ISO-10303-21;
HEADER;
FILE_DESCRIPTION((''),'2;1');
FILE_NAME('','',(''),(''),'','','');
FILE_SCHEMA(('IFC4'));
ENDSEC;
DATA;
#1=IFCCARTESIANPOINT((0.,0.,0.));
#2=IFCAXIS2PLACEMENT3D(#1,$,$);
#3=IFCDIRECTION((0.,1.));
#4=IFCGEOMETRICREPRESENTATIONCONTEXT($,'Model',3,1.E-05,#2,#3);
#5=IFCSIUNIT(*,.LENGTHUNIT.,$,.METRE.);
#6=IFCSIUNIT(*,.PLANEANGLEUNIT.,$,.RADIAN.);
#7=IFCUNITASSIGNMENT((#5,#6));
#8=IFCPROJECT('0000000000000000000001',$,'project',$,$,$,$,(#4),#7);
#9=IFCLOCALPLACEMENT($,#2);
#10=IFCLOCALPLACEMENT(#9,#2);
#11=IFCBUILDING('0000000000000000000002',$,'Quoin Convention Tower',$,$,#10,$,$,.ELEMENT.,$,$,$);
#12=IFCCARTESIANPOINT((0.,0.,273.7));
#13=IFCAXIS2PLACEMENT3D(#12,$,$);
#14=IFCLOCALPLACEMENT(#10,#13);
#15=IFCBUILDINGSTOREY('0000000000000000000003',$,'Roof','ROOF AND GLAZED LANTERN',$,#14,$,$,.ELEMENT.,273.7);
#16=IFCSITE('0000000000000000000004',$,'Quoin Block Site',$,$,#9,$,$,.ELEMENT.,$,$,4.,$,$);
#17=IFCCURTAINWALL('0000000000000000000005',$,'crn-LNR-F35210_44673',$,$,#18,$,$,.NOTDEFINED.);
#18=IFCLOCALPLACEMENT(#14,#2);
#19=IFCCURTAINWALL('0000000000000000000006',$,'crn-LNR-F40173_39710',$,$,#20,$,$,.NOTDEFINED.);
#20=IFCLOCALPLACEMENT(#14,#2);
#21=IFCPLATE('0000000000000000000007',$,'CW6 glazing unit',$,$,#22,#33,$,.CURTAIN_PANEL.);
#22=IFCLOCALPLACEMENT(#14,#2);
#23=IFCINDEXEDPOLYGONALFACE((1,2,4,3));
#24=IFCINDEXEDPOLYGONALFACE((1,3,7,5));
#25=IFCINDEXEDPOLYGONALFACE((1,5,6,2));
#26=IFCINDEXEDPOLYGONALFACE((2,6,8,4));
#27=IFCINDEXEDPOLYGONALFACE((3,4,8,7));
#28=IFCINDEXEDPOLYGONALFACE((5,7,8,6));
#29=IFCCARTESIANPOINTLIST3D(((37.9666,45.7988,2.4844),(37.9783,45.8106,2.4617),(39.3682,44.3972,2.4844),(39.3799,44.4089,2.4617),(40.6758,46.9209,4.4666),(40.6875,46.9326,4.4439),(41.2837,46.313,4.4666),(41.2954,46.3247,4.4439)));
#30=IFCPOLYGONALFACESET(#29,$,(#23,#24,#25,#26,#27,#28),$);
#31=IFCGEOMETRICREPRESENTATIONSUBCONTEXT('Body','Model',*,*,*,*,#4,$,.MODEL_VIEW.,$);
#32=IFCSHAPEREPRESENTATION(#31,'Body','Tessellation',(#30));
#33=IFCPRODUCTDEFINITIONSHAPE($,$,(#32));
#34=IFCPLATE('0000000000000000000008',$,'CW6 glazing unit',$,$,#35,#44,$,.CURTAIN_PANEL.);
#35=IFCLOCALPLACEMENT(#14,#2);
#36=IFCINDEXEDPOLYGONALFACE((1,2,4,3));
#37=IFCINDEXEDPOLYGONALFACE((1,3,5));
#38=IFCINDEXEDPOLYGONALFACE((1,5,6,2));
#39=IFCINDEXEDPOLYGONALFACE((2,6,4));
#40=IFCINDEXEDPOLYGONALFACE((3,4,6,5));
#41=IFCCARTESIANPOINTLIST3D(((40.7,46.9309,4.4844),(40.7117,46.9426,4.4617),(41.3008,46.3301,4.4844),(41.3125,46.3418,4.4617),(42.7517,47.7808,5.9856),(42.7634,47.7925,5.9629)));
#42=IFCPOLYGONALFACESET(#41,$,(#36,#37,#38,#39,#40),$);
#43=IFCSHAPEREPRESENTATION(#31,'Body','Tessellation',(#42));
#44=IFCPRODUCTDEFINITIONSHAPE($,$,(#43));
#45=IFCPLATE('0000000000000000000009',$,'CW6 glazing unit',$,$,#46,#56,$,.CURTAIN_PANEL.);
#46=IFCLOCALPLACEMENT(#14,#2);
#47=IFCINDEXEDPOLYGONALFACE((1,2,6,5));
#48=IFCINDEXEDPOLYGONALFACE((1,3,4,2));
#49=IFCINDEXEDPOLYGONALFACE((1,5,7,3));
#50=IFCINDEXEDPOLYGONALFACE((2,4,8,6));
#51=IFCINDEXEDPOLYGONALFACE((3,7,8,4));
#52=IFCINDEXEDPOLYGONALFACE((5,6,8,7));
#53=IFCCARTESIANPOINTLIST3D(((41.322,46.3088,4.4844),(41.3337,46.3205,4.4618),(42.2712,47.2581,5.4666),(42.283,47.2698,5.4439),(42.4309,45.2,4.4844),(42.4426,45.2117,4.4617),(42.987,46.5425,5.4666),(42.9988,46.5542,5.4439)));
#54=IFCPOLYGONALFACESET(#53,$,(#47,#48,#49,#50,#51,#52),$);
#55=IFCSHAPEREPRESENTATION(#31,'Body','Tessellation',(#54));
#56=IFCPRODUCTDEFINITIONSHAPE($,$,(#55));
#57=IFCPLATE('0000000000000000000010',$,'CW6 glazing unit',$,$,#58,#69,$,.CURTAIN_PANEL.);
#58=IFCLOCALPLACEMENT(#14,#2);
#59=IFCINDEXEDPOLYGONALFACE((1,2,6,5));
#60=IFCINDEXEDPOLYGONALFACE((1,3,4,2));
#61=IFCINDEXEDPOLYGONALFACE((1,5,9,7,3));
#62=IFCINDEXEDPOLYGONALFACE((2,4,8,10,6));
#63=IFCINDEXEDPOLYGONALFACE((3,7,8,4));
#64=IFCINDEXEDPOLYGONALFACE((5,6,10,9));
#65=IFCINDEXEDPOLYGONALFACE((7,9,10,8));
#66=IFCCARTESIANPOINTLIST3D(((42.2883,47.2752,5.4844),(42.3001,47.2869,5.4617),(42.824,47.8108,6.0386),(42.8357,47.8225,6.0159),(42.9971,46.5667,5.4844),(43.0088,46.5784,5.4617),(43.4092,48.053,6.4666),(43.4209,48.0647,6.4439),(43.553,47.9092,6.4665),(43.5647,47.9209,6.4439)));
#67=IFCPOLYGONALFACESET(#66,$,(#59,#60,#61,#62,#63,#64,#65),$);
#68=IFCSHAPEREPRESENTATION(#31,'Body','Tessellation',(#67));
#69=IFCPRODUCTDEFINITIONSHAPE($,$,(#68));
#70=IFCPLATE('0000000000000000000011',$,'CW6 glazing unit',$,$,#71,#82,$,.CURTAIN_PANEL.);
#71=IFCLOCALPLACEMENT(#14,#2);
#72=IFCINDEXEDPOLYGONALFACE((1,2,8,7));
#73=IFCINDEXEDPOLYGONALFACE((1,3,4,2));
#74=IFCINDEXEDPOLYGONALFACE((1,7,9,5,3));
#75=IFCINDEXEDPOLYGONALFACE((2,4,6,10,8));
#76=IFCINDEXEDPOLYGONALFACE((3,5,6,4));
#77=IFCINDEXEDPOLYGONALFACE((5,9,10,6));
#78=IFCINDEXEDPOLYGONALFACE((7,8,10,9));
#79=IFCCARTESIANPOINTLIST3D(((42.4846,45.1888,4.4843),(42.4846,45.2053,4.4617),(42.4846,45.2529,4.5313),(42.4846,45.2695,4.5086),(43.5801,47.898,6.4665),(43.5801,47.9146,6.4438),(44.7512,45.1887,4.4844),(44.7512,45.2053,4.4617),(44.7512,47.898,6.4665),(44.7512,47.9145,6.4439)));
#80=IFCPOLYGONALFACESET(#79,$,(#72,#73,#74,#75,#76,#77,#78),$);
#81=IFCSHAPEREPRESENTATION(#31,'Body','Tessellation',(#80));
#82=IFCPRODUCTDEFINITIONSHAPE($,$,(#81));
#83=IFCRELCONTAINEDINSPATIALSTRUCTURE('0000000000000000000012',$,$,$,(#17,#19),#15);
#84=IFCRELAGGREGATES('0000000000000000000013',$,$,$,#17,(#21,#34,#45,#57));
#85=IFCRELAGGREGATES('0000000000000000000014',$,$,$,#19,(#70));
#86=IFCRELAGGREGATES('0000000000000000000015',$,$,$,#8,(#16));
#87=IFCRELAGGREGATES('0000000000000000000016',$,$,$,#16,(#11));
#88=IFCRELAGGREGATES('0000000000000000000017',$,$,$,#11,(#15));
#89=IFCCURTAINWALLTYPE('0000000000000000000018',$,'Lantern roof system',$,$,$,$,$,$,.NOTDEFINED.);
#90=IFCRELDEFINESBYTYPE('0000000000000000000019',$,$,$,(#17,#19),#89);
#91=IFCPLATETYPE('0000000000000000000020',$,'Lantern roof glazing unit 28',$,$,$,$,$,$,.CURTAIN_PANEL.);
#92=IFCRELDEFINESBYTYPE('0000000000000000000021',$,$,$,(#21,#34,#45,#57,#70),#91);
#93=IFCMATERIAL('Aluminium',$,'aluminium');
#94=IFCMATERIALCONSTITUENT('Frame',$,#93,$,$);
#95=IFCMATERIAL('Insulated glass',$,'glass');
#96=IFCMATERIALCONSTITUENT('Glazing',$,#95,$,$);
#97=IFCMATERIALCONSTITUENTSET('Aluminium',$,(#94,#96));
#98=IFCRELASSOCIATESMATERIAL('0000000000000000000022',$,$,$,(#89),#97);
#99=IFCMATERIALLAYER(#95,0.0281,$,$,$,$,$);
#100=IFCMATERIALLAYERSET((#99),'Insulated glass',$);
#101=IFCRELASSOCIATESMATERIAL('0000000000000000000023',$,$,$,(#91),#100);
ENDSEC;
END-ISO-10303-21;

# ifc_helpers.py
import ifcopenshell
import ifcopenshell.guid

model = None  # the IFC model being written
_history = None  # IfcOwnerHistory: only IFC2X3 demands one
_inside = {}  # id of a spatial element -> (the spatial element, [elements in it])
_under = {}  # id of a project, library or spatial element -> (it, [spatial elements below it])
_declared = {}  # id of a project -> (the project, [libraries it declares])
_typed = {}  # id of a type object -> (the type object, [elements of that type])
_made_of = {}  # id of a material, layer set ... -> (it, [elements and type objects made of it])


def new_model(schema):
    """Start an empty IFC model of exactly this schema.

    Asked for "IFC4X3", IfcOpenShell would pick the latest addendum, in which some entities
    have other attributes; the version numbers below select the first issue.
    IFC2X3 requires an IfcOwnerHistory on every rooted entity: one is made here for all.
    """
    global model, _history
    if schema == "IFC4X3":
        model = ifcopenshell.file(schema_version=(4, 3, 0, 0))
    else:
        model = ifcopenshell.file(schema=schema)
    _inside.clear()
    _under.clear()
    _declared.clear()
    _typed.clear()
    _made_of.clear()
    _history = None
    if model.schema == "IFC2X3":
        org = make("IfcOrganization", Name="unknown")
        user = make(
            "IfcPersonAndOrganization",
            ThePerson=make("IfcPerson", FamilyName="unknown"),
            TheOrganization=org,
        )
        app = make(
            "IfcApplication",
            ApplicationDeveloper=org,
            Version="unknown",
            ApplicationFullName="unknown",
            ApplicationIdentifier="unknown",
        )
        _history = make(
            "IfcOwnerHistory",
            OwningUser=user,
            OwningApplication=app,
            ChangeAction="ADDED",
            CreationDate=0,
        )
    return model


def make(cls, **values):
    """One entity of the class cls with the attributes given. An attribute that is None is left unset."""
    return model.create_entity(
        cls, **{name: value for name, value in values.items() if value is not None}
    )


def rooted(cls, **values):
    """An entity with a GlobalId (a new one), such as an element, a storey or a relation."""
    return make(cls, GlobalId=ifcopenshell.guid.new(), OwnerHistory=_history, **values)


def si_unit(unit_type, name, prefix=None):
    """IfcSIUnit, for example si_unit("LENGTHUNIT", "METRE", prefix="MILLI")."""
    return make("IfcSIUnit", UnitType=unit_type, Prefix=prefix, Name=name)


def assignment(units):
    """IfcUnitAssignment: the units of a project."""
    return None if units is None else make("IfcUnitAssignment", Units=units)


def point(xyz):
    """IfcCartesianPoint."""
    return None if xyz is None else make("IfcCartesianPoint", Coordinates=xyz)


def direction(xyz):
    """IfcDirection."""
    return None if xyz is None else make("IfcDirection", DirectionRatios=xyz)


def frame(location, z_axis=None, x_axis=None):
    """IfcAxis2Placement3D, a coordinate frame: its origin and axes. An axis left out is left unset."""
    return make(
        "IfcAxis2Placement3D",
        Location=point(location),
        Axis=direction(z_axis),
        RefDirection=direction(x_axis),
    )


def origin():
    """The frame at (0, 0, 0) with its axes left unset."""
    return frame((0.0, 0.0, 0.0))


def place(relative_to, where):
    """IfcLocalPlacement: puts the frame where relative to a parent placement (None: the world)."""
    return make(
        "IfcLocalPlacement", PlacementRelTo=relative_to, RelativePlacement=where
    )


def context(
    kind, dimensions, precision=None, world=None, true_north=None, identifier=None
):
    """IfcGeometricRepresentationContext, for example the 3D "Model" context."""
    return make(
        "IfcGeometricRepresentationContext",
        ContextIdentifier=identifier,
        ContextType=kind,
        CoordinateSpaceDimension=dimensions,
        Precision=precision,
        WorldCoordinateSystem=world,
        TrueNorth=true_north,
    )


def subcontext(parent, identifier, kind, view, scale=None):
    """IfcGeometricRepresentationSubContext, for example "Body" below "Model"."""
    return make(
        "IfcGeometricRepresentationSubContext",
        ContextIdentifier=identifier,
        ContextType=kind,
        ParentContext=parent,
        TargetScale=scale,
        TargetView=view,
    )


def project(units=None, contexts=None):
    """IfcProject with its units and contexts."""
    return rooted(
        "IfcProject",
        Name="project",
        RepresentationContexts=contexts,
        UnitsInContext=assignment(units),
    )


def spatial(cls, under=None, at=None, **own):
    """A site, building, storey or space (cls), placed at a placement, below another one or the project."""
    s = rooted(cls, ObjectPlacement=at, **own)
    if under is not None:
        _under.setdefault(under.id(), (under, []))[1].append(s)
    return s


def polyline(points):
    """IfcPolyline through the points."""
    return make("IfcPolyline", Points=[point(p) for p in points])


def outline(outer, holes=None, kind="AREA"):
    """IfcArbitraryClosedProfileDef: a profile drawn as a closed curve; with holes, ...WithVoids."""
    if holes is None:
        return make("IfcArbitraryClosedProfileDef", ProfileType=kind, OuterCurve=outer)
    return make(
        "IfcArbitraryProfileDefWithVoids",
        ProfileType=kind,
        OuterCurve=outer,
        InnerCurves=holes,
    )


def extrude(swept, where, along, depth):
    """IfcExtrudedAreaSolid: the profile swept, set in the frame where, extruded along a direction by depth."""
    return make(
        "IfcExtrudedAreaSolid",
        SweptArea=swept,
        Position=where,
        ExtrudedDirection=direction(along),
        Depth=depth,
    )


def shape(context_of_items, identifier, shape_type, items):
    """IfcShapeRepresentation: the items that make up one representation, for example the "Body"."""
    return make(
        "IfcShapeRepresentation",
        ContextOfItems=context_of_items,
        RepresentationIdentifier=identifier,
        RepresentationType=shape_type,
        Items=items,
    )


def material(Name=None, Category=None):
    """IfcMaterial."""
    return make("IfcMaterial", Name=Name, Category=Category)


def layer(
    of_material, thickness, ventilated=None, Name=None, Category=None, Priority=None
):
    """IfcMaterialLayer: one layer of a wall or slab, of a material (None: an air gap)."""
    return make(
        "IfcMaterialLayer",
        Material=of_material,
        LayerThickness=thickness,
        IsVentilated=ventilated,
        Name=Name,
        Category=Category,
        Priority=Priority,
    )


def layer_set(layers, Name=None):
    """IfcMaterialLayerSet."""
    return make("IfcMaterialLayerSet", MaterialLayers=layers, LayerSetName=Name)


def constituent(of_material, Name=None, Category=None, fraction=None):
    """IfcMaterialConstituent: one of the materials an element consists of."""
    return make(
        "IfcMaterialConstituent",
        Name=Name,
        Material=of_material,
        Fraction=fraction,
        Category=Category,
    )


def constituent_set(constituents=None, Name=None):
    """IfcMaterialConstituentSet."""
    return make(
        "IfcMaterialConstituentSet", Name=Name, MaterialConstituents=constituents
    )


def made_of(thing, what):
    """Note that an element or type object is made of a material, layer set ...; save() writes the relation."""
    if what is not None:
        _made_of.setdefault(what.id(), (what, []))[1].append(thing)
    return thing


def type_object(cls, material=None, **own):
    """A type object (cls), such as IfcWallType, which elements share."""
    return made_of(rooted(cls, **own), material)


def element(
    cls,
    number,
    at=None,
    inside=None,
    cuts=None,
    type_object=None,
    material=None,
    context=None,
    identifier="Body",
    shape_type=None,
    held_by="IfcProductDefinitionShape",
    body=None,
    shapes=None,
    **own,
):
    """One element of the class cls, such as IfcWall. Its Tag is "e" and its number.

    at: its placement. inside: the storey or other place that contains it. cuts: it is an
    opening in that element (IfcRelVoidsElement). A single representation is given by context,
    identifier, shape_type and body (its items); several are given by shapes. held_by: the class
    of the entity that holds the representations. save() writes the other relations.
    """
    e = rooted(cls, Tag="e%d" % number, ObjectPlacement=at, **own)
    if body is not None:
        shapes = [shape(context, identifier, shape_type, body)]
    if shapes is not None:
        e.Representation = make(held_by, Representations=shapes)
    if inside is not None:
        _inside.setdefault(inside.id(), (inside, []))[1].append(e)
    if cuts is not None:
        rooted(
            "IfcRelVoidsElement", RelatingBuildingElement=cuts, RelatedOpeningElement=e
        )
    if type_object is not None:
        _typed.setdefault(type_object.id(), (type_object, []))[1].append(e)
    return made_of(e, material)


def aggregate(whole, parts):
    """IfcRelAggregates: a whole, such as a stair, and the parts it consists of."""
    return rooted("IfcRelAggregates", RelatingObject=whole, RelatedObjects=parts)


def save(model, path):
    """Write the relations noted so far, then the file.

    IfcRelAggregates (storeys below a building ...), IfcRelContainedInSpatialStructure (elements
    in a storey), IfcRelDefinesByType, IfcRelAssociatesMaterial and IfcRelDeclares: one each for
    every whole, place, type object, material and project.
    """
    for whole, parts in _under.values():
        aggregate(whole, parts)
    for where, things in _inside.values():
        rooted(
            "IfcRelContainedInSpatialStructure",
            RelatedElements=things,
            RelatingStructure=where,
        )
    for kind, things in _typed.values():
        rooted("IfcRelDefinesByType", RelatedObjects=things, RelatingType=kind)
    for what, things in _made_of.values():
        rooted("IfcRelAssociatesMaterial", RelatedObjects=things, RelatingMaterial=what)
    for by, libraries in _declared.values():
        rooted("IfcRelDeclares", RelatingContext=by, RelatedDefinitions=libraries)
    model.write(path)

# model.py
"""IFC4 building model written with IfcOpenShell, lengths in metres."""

from ifc_helpers import new_model, si_unit, direction, frame, origin, place, context, subcontext, project, spatial, polyline, outline, extrude, material, layer, layer_set, constituent, constituent_set, type_object, element, aggregate, save


model = new_model("IFC4")

# Units and contexts
model_context = context("Model", 3, precision=1e-05, world=origin(), true_north=direction((0.0, 1.0)))
body_context = subcontext(model_context, "Body", "Model", "MODEL_VIEW")
ifc_project = project(units=[si_unit("LENGTHUNIT", "METRE"), si_unit("PLANEANGLEUNIT", "RADIAN")], contexts=[model_context])

# Site, building, storey
site_placement = place(None, origin())
site = spatial("IfcSite", under=ifc_project, at=site_placement, Name="Quoin Block Site", CompositionType="ELEMENT", RefElevation=4.0)
building_placement = place(site_placement, origin())
building = spatial("IfcBuilding", under=site, at=building_placement, Name="Quoin Convention Tower", CompositionType="ELEMENT")
storey_placement = place(building_placement, frame((0.0, 0.0, 273.7)))
storey = spatial("IfcBuildingStorey", under=building, at=storey_placement, Name="Roof", Description="ROOF AND GLAZED LANTERN", CompositionType="ELEMENT", Elevation=273.7)

# Shared definitions
ifc_material_1 = material(Name="Aluminium", Category="aluminium")
ifc_constituent_1 = constituent(ifc_material_1, Name="Frame")
ifc_material_2 = material(Name="Insulated glass", Category="glass")
ifc_constituent_2 = constituent(ifc_material_2, Name="Glazing")
ifc_constituent_set = constituent_set(constituents=[ifc_constituent_1, ifc_constituent_2], Name="Aluminium")
curtain_wall_type = type_object("IfcCurtainWallType", Name="Lantern roof system", PredefinedType="NOTDEFINED", material=ifc_constituent_set)

# Curtain walls
curtain_wall_1_placement = place(storey_placement, origin())
curtain_wall_1 = element("IfcCurtainWall", 1, at=curtain_wall_1_placement, inside=storey, type_object=curtain_wall_type, Name="crn-LNR-F35210_44673", PredefinedType="NOTDEFINED")
curtain_wall_2_placement = place(storey_placement, origin())
curtain_wall_2 = element("IfcCurtainWall", 2, at=curtain_wall_2_placement, inside=storey, type_object=curtain_wall_type, Name="crn-LNR-F40173_39710", PredefinedType="NOTDEFINED")

# Plates
ifc_layer = layer(ifc_material_2, 0.0281)
ifc_layer_set = layer_set([ifc_layer], Name="Insulated glass")
plate_type = type_object("IfcPlateType", Name="Lantern roof glazing unit 28", PredefinedType="CURTAIN_PANEL", material=ifc_layer_set)
plate_1_placement = place(storey_placement, frame((41.2837, 46.313, 4.4666), z_axis=(-0.417537, -0.417537, 0.807047), x_axis=(-0.570632, -0.570705, -0.590487)))
plate_1 = element("IfcPlate", 3, at=plate_1_placement, type_object=plate_type, Name="CW6 glazing unit", PredefinedType="CURTAIN_PANEL", context=body_context, shape_type="SweptSolid", body=[
    extrude(outline(polyline([(0.0, 0.0), (3.3569, 0.0), (3.3567, -1.9822), (0.0, -0.8597), (0.0, 0.0)])), origin(), (0.0, 0.0, -1.0), 0.0281),
])
plate_2_placement = place(storey_placement, frame((41.3008, 46.3301, 4.4844), z_axis=(-0.417543, -0.417543, 0.807041), x_axis=(-0.707107, 0.707107, 0.0)))
plate_2 = element("IfcPlate", 4, at=plate_2_placement, type_object=plate_type, Name="CW6 glazing unit", PredefinedType="CURTAIN_PANEL", context=body_context, shape_type="SweptSolid", body=[
    extrude(outline(polyline([(0.0, 0.0), (0.8497, 0.0), (-0.0002, -2.5423), (0.0, 0.0)])), origin(), (0.0, 0.0, -1.0), 0.0281),
])
plate_3_placement = place(storey_placement, frame((42.4309, 45.2, 4.4844), z_axis=(-0.417487, -0.417542, 0.807071), x_axis=(-0.707123, 0.70709, 0.000032)))
plate_3 = element("IfcPlate", 5, at=plate_3_placement, type_object=plate_type, Name="CW6 glazing unit", PredefinedType="CURTAIN_PANEL", context=body_context, shape_type="SweptSolid", body=[
    extrude(outline(polyline([(0.0, 0.0), (1.5682, 0.0), (1.5682, -1.6633), (0.5561, -1.6635), (0.0, 0.0)])), origin(), (0.0, 0.0, -1.0), 0.0281),
])
plate_4_placement = place(storey_placement, frame((42.9971, 46.5667, 5.4844), z_axis=(-0.417448, -0.417579, 0.807072), x_axis=(-0.707225, 0.706989, -0.000008)))
plate_4 = element("IfcPlate", 6, at=plate_4_placement, type_object=plate_type, Name="CW6 glazing unit", PredefinedType="CURTAIN_PANEL", context=body_context, shape_type="SweptSolid", body=[
    extrude(outline(polyline([(0.0, 0.0), (1.0021, 0.0), (1.002, -0.9386), (0.7594, -1.6634), (0.556, -1.6634), (0.0, 0.0)])), origin(), (0.0, 0.0, -1.0), 0.0281),
])
aggregate(curtain_wall_1, [plate_1, plate_2, plate_3, plate_4])
plate_5_placement = place(storey_placement, frame((44.7512, 45.1887, 4.4844), z_axis=(-0.000024, -0.590468, 0.807061), x_axis=(-1.0, 0.000014, -0.000019)))
plate_5 = element("IfcPlate", 7, at=plate_5_placement, type_object=plate_type, Name="CW6 glazing unit", PredefinedType="CURTAIN_PANEL", context=body_context, shape_type="SweptSolid", body=[
    extrude(outline(polyline([(0.0, 0.0), (2.2666, 0.0), (2.2666, -0.0795), (1.1711, -3.3569), (0.0, -3.3569), (0.0, 0.0)])), origin(), (0.0, 0.0, -1.0), 0.0281),
])
aggregate(curtain_wall_2, [plate_5])

save(model, "model.ifc")
